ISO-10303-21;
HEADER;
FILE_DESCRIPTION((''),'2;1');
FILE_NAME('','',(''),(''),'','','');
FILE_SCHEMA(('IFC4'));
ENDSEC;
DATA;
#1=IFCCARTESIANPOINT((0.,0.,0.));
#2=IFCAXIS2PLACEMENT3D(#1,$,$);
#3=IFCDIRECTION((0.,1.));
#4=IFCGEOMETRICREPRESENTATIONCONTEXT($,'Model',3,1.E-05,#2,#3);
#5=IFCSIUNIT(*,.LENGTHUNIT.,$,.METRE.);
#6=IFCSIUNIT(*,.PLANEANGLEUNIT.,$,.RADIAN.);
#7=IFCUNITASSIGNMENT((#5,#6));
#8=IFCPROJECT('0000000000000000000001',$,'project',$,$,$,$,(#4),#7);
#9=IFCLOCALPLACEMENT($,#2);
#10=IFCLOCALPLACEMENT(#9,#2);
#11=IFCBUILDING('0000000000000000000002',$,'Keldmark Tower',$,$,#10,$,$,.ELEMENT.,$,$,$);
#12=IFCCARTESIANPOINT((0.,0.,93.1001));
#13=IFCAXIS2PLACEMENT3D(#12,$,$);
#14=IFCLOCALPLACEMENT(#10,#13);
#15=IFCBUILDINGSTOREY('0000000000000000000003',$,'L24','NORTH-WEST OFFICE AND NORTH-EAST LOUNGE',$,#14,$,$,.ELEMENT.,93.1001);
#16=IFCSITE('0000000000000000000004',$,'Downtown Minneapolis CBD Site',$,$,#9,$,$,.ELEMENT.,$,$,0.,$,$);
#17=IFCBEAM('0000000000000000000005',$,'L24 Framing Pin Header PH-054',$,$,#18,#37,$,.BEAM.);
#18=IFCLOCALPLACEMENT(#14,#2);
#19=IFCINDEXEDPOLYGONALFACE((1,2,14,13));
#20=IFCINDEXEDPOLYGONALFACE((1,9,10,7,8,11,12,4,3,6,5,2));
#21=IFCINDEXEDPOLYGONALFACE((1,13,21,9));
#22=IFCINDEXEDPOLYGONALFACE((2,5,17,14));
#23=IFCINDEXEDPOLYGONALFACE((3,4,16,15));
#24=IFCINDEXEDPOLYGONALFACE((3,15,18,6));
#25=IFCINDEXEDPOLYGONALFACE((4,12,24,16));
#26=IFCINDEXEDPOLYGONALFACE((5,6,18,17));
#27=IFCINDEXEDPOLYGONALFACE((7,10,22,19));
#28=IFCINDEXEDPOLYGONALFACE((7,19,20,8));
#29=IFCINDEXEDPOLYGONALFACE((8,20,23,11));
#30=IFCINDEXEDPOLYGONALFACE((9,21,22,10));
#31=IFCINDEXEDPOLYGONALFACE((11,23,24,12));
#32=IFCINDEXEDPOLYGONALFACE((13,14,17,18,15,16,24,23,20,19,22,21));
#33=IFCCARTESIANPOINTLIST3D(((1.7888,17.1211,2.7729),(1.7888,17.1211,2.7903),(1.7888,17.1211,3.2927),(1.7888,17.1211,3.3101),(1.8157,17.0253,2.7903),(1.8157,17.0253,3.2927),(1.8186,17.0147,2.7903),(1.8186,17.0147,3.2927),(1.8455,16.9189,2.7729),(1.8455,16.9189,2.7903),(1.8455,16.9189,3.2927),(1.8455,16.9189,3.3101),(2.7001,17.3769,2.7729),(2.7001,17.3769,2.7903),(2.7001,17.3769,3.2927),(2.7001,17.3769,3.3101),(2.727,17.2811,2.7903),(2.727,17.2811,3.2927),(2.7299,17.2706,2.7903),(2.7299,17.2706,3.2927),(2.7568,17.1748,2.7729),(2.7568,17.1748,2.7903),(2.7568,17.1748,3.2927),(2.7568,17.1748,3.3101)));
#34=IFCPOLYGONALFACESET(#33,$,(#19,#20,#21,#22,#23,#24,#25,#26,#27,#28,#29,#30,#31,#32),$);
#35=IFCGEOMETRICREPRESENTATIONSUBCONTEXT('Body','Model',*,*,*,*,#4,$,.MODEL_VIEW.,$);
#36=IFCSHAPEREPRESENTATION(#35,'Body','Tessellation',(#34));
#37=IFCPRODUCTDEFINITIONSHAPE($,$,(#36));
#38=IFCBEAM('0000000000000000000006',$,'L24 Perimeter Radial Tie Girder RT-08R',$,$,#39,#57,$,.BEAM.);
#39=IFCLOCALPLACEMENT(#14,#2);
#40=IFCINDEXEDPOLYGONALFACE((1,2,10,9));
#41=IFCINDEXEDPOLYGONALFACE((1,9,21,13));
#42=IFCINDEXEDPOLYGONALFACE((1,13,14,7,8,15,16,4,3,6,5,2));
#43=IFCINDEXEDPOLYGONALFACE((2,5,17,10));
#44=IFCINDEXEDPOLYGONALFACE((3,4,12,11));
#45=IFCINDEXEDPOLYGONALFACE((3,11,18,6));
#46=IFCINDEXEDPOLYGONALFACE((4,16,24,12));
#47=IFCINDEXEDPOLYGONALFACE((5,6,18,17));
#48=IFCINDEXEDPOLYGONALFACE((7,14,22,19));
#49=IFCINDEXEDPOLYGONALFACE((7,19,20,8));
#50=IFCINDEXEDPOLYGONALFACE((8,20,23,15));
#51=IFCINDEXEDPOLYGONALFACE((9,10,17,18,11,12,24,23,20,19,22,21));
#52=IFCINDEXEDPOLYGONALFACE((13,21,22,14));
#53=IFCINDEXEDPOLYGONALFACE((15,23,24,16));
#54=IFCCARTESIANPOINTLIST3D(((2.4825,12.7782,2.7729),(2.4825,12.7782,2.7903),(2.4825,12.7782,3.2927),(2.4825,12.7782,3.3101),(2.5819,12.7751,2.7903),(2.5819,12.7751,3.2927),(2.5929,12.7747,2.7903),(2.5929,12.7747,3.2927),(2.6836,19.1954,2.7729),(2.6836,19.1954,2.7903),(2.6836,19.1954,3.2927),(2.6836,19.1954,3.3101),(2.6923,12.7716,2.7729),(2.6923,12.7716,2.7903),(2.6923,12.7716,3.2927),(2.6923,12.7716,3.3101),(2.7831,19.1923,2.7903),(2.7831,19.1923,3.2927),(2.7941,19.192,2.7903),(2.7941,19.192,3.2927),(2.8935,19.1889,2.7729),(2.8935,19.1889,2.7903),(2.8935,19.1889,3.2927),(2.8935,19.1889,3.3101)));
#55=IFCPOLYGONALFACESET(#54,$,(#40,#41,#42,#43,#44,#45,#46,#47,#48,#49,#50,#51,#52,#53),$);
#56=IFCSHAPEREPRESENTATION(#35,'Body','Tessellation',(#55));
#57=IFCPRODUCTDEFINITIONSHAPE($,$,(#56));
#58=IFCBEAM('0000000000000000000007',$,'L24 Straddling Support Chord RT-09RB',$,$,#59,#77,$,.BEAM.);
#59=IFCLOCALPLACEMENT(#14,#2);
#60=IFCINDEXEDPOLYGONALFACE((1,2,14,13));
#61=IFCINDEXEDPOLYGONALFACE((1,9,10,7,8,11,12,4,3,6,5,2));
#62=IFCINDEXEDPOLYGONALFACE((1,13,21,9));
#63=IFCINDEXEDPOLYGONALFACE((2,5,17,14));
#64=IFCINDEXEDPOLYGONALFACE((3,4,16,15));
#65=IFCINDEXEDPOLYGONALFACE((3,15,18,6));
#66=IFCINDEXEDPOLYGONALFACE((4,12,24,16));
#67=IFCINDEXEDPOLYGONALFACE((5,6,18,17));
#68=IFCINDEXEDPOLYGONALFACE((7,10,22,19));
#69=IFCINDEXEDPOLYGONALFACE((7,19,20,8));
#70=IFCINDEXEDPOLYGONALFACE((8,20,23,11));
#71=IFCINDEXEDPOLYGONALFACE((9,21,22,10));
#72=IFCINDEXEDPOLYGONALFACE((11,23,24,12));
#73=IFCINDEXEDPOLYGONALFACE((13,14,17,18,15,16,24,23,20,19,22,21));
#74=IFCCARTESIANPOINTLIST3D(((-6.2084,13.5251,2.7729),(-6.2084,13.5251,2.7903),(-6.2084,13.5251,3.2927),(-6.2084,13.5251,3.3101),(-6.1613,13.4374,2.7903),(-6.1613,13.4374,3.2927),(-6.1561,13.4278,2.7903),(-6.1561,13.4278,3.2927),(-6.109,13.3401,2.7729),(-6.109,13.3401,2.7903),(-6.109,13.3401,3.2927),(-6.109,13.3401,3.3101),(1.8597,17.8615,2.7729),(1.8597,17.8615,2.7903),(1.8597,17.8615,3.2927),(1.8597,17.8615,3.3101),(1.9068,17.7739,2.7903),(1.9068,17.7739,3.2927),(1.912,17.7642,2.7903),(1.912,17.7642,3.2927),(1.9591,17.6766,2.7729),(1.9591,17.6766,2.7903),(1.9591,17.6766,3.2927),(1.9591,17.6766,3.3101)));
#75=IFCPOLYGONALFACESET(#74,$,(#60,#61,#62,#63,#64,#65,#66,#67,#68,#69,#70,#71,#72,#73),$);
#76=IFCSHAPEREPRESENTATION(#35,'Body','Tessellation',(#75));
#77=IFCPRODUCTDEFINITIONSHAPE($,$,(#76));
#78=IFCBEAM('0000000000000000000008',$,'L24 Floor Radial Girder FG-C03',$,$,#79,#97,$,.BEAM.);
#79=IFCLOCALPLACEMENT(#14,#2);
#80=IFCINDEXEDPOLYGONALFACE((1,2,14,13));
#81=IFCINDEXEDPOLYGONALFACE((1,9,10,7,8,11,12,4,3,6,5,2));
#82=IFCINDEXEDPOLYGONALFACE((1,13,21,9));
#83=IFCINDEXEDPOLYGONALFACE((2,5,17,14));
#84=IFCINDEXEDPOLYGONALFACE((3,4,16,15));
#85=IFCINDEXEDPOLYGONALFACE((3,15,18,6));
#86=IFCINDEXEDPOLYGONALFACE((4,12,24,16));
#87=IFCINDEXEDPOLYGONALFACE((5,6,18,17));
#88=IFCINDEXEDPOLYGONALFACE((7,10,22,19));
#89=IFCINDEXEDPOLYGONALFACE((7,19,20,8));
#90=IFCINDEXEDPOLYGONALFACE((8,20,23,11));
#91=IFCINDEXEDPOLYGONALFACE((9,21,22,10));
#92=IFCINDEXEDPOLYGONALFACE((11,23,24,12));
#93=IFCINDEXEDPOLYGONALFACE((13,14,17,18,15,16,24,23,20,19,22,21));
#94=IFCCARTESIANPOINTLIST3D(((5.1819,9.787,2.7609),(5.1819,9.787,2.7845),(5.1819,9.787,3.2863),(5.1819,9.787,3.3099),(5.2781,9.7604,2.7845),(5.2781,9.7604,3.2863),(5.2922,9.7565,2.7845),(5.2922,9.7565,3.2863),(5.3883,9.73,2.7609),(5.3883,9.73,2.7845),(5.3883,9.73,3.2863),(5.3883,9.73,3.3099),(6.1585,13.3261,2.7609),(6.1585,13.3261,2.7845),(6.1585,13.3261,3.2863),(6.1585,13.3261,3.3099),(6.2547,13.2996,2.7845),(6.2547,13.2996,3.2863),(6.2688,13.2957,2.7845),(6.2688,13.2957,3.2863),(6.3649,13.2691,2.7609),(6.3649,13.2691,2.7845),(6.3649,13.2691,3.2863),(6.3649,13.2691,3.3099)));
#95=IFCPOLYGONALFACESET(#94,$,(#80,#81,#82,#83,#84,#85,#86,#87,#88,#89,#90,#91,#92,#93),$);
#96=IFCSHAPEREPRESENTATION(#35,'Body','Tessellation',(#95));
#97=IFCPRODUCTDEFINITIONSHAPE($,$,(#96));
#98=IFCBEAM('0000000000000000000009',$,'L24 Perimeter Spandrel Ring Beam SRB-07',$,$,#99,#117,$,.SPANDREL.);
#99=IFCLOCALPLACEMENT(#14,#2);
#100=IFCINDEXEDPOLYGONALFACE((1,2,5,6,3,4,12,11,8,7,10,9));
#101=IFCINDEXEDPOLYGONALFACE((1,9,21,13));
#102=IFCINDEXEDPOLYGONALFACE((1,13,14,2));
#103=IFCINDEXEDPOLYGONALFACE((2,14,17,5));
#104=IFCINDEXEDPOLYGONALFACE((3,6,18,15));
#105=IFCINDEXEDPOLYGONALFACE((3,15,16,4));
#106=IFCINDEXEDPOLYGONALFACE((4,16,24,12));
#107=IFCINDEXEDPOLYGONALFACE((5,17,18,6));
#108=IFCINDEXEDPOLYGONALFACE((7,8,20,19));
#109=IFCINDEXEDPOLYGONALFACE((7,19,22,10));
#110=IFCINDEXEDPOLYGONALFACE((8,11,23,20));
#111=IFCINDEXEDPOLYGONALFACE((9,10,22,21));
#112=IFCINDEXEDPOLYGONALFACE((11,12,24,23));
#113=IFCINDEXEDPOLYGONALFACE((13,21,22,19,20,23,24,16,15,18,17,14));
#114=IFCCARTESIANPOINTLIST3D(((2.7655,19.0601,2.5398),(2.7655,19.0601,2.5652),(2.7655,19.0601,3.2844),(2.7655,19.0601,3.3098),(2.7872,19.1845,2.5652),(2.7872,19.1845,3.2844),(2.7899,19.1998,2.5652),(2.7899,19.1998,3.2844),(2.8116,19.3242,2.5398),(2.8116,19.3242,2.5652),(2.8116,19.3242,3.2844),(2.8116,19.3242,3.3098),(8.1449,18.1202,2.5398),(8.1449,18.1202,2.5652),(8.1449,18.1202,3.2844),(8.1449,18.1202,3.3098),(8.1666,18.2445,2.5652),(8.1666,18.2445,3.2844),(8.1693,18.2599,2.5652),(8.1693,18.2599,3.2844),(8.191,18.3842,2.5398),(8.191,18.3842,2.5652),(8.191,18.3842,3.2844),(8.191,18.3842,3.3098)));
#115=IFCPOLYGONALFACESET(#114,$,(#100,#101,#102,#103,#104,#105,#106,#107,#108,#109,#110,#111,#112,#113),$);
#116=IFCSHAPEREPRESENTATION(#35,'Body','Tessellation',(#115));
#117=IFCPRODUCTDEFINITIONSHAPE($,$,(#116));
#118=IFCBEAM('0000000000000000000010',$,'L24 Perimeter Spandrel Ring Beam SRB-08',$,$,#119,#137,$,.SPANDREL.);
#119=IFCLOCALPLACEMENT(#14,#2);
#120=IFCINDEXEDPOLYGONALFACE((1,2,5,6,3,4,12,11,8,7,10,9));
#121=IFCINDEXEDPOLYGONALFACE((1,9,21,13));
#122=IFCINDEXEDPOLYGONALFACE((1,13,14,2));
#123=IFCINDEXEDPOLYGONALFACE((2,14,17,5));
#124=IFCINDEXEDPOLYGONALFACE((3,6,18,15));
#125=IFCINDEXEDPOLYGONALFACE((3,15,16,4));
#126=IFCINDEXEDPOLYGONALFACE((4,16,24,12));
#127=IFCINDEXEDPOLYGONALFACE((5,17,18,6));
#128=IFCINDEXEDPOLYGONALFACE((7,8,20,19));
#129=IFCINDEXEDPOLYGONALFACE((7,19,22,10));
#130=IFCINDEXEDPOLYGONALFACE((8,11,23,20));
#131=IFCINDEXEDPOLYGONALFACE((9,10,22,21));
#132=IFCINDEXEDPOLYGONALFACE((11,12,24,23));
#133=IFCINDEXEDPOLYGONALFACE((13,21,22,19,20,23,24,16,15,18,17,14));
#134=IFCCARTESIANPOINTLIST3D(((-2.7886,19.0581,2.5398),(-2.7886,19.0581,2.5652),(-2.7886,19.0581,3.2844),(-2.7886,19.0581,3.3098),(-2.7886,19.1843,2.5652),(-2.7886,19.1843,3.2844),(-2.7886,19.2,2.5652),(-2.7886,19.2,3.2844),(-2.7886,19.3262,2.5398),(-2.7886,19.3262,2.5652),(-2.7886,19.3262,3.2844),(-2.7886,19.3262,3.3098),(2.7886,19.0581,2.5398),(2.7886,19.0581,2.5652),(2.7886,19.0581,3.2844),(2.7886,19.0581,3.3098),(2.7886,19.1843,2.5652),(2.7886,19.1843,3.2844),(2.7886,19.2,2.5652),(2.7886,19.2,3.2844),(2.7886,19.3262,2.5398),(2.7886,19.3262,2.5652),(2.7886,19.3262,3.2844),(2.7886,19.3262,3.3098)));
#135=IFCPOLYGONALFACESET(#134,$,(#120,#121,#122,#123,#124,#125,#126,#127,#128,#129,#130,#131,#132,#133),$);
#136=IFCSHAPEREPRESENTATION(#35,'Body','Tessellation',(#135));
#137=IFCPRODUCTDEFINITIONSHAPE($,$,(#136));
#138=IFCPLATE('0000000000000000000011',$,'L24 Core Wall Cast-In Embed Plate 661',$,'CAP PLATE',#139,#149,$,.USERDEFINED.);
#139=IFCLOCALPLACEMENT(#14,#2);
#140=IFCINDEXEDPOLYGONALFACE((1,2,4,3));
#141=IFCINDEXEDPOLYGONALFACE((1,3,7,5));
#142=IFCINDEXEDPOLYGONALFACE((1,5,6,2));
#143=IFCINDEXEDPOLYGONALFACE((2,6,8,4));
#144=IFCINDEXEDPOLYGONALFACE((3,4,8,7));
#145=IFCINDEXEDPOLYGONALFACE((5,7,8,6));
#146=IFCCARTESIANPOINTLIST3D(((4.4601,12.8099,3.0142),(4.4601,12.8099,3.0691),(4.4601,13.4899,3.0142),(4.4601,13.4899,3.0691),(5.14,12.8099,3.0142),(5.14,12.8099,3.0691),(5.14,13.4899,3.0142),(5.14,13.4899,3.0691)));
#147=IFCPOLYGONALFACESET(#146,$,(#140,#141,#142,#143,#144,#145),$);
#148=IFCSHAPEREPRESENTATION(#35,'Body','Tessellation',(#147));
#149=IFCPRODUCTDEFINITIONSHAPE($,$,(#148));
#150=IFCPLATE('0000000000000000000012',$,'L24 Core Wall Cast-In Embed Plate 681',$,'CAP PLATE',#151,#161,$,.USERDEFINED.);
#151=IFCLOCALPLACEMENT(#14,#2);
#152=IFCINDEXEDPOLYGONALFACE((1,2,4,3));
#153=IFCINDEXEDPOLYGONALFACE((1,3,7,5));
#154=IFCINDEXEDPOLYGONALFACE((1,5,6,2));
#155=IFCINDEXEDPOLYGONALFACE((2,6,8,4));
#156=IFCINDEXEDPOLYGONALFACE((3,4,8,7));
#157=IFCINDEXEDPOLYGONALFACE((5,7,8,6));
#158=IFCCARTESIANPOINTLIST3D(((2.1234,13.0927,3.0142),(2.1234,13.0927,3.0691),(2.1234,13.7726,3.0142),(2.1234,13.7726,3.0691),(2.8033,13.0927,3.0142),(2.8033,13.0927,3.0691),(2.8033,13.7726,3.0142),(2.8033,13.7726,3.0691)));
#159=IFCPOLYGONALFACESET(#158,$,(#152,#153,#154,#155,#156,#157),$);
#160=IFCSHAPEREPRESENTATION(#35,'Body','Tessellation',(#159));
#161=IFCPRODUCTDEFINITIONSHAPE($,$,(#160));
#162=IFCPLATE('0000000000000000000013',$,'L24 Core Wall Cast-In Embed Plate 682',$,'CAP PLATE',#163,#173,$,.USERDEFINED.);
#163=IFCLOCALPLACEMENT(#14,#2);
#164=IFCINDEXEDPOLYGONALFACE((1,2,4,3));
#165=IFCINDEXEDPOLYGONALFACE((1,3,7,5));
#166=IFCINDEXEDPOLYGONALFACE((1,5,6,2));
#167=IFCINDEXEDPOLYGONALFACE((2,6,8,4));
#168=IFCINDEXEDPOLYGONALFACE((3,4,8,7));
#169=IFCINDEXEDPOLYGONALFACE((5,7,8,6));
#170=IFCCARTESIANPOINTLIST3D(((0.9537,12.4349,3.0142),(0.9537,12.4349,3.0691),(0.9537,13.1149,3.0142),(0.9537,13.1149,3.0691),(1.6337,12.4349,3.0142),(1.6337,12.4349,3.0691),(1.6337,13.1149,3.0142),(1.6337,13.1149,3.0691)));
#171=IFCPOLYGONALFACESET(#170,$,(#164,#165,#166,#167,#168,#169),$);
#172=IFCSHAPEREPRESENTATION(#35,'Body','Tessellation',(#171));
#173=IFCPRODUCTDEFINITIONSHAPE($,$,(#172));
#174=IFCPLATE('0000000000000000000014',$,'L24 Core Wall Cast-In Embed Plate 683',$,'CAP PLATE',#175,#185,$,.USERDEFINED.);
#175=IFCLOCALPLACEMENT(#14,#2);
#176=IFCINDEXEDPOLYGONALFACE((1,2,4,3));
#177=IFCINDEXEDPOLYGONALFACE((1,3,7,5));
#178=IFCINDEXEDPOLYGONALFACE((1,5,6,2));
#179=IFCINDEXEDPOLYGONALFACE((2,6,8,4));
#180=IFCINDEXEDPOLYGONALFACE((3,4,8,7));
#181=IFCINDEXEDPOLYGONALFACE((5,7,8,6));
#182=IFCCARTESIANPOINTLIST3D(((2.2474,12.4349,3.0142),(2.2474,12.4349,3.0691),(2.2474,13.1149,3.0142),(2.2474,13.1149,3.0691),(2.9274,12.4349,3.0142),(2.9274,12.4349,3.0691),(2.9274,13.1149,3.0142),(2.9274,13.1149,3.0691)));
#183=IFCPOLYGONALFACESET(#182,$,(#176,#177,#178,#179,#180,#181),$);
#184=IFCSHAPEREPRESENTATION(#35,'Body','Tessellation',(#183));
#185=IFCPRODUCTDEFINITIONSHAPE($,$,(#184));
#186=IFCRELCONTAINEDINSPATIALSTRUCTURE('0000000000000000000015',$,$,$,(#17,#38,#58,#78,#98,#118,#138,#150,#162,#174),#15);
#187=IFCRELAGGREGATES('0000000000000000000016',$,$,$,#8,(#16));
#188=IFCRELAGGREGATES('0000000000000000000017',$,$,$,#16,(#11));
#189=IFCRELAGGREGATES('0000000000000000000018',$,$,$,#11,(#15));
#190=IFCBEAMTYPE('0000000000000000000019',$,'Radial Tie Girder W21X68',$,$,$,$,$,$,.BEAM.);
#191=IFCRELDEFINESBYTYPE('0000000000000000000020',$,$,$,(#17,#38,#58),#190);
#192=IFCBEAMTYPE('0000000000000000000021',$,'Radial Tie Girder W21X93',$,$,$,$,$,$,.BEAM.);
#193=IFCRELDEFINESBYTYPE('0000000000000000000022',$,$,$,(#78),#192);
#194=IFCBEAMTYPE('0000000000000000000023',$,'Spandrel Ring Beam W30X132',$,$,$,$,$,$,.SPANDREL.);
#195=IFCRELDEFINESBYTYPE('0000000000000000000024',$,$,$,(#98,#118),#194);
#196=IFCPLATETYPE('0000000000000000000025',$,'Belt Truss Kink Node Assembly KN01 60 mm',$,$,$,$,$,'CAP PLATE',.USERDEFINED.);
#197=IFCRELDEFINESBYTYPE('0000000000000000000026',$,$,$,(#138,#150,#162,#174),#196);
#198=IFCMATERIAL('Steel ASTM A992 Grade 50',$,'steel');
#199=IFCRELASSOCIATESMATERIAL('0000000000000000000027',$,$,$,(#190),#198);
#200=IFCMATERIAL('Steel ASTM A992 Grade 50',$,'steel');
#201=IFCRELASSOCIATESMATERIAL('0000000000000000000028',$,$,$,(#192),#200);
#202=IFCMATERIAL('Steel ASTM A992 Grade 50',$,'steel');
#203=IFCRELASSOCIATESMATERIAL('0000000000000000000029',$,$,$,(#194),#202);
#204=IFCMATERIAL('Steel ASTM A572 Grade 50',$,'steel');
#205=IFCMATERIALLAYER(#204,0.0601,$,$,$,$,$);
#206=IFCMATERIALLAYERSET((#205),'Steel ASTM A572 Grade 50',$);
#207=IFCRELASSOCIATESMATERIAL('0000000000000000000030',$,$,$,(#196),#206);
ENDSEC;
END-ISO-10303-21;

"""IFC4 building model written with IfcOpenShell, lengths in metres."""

from ifc_helpers import new_model, si_unit, direction, frame, origin, origin_2d, place, context, subcontext, project, spatial, rectangle, i_section, extrude, material, layer, layer_set, material_profile, profile_set, type_object, element, save


model = new_model("IFC4")

# Units and contexts
model_context = context("Model", 3, precision=1e-05, world=origin(), true_north=direction((0.0, 1.0)))
body_context = subcontext(model_context, "Body", "Model", "MODEL_VIEW")
ifc_project = project(units=[si_unit("LENGTHUNIT", "METRE"), si_unit("PLANEANGLEUNIT", "RADIAN")], contexts=[model_context])

# Site, building, storey
site_placement = place(None, origin())
site = spatial("IfcSite", under=ifc_project, at=site_placement, Name="Downtown Minneapolis CBD Site", CompositionType="ELEMENT", RefElevation=0.0)
building_placement = place(site_placement, origin())
building = spatial("IfcBuilding", under=site, at=building_placement, Name="Keldmark Tower", CompositionType="ELEMENT")
storey_placement = place(building_placement, frame((0.0, 0.0, 93.1001)))
storey = spatial("IfcBuildingStorey", under=building, at=storey_placement, Name="L24", Description="NORTH-WEST OFFICE AND NORTH-EAST LOUNGE", CompositionType="ELEMENT", Elevation=93.1001)

# Beams
ifc_material_1 = material(Name="Steel ASTM A992 Grade 50", Category="steel")
ifc_material_profile_1 = material_profile(ifc_material_1, i_section(OverallWidth=0.21, OverallDepth=0.5371, WebThickness=0.011, FlangeThickness=0.0173, at=origin_2d()), Name="W21X68")
ifc_profile_set_1 = profile_set([ifc_material_profile_1], Name="Steel ASTM A992 Grade 50")
beam_type_1 = type_object("IfcBeamType", Name="Radial Tie Girder W21X68", PredefinedType="BEAM", material=ifc_profile_set_1)
beam_1_placement = place(storey_placement, frame((1.8171, 17.02, 3.0415), z_axis=(0.962779, 0.27029, 0.0), x_axis=(-0.27029, 0.962779, 0.0)))
element("IfcBeam", 1, at=beam_1_placement, inside=storey, type_object=beam_type_1, Name="L24 Framing Pin Header PH-054", PredefinedType="BEAM", context=body_context, shape_type="SweptSolid", body=[
    extrude(i_section(OverallWidth=0.21, OverallDepth=0.5371, WebThickness=0.011, FlangeThickness=0.0173, at=origin_2d()), origin(), (0.0, 0.0, 1.0), 0.9465),
])
beam_2_placement = place(storey_placement, frame((2.5874, 12.7749, 3.0415), z_axis=(0.031333, 0.999509, 0.0), x_axis=(-0.999509, 0.031333, 0.0)))
element("IfcBeam", 2, at=beam_2_placement, inside=storey, type_object=beam_type_1, Name="L24 Perimeter Radial Tie Girder RT-08R", PredefinedType="BEAM", context=body_context, shape_type="SweptSolid", body=[
    extrude(i_section(OverallWidth=0.21, OverallDepth=0.5371, WebThickness=0.011, FlangeThickness=0.0173, at=origin_2d()), origin(), (0.0, 0.0, 1.0), 6.4204),
])
beam_3_placement = place(storey_placement, frame((1.9094, 17.769, 3.0415), z_axis=(-0.880833, -0.473427, 0.0), x_axis=(0.473427, -0.880833, 0.0)))
element("IfcBeam", 3, at=beam_3_placement, inside=storey, type_object=beam_type_1, Name="L24 Straddling Support Chord RT-09RB", PredefinedType="BEAM", context=body_context, shape_type="SweptSolid", body=[
    extrude(i_section(OverallWidth=0.21, OverallDepth=0.5371, WebThickness=0.011, FlangeThickness=0.0173, at=origin_2d()), origin(), (0.0, 0.0, 1.0), 9.1597),
])
ifc_material_2 = material(Name="Steel ASTM A992 Grade 50", Category="steel")
ifc_material_profile_2 = material_profile(ifc_material_2, i_section(OverallWidth=0.2141, OverallDepth=0.5491, WebThickness=0.0146, FlangeThickness=0.0237, at=origin_2d()), Name="W21X93")
ifc_profile_set_2 = profile_set([ifc_material_profile_2], Name="Steel ASTM A992 Grade 50")
beam_type_2 = type_object("IfcBeamType", Name="Radial Tie Girder W21X93", PredefinedType="BEAM", material=ifc_profile_set_2)
beam_4_placement = place(storey_placement, frame((6.2617, 13.2976, 3.0354), z_axis=(-0.265997, -0.963974, 0.0), x_axis=(0.963974, -0.265997, 0.0)))
element("IfcBeam", 4, at=beam_4_placement, inside=storey, type_object=beam_type_2, Name="L24 Floor Radial Girder FG-C03", PredefinedType="BEAM", context=body_context, shape_type="SweptSolid", body=[
    extrude(i_section(OverallWidth=0.2141, OverallDepth=0.5491, WebThickness=0.0146, FlangeThickness=0.0237, at=origin_2d()), origin(), (0.0, 0.0, 1.0), 3.6714),
])
ifc_material_3 = material(Name="Steel ASTM A992 Grade 50", Category="steel")
ifc_material_profile_3 = material_profile(ifc_material_3, i_section(OverallWidth=0.2681, OverallDepth=0.77, WebThickness=0.0156, FlangeThickness=0.0254, at=origin_2d()), Name="W30X132")
ifc_profile_set_3 = profile_set([ifc_material_profile_3], Name="Steel ASTM A992 Grade 50")
beam_type_3 = type_object("IfcBeamType", Name="Spandrel Ring Beam W30X132", PredefinedType="SPANDREL", material=ifc_profile_set_3)
beam_5_placement = place(storey_placement, frame((8.168, 18.2522, 2.9248), z_axis=(-0.985076, 0.172122, 0.0), x_axis=(-0.172122, -0.985076, 0.0)))
element("IfcBeam", 5, at=beam_5_placement, inside=storey, type_object=beam_type_3, Name="L24 Perimeter Spandrel Ring Beam SRB-07", PredefinedType="SPANDREL", context=body_context, shape_type="SweptSolid", body=[
    extrude(i_section(OverallWidth=0.2681, OverallDepth=0.77, WebThickness=0.0156, FlangeThickness=0.0254, at=origin_2d()), origin(), (0.0, 0.0, 1.0), 5.4609),
])
beam_6_placement = place(storey_placement, frame((2.7886, 19.1921, 2.9248), z_axis=(-1.0, 0.0, 0.0), x_axis=(0.0, -1.0, 0.0)))
element("IfcBeam", 6, at=beam_6_placement, inside=storey, type_object=beam_type_3, Name="L24 Perimeter Spandrel Ring Beam SRB-08", PredefinedType="SPANDREL", context=body_context, shape_type="SweptSolid", body=[
    extrude(i_section(OverallWidth=0.2681, OverallDepth=0.77, WebThickness=0.0156, FlangeThickness=0.0254, at=origin_2d()), origin(), (0.0, 0.0, 1.0), 5.5771),
])

# Plates
ifc_material_4 = material(Name="Steel ASTM A572 Grade 50", Category="steel")
ifc_layer_1 = layer(ifc_material_4, 0.0601)
ifc_layer_set_1 = layer_set([ifc_layer_1], Name="Steel ASTM A572 Grade 50")
plate_type_1 = type_object("IfcPlateType", Name="Belt Truss Kink Node Assembly KN01 60 mm", ElementType="CAP PLATE", PredefinedType="USERDEFINED", material=ifc_layer_set_1)
for number, where, z_axis, x_axis, name in (
    (7, (4.8, 13.1499, 3.0142), (0.0, 0.0, 1.0), (1.0, 0.0, 0.0), "L24 Core Wall Cast-In Embed Plate 661"),
    (8, (2.4634, 13.4326, 3.0142), (0.0, 0.0, 1.0), (1.0, 0.0, 0.0), "L24 Core Wall Cast-In Embed Plate 681"),
    (9, (1.2937, 12.7749, 3.0142), (0.0, 0.0, 1.0), (1.0, 0.0, 0.0), "L24 Core Wall Cast-In Embed Plate 682"),
    (10, (2.5874, 12.7749, 3.0142), (0.0, 0.0, 1.0), (1.0, 0.0, 0.0), "L24 Core Wall Cast-In Embed Plate 683"),
):
    element("IfcPlate", number, at=place(storey_placement, frame(where, z_axis=z_axis, x_axis=x_axis)), inside=storey, type_object=plate_type_1, Name=name, ObjectType="CAP PLATE", PredefinedType="USERDEFINED", context=body_context, shape_type="SweptSolid", body=[
        extrude(rectangle(XDim=0.6799, YDim=0.6799, at=origin_2d()), origin(), (0.0, 0.0, 1.0), 0.0549),
    ])

save(model, "model.ifc")
